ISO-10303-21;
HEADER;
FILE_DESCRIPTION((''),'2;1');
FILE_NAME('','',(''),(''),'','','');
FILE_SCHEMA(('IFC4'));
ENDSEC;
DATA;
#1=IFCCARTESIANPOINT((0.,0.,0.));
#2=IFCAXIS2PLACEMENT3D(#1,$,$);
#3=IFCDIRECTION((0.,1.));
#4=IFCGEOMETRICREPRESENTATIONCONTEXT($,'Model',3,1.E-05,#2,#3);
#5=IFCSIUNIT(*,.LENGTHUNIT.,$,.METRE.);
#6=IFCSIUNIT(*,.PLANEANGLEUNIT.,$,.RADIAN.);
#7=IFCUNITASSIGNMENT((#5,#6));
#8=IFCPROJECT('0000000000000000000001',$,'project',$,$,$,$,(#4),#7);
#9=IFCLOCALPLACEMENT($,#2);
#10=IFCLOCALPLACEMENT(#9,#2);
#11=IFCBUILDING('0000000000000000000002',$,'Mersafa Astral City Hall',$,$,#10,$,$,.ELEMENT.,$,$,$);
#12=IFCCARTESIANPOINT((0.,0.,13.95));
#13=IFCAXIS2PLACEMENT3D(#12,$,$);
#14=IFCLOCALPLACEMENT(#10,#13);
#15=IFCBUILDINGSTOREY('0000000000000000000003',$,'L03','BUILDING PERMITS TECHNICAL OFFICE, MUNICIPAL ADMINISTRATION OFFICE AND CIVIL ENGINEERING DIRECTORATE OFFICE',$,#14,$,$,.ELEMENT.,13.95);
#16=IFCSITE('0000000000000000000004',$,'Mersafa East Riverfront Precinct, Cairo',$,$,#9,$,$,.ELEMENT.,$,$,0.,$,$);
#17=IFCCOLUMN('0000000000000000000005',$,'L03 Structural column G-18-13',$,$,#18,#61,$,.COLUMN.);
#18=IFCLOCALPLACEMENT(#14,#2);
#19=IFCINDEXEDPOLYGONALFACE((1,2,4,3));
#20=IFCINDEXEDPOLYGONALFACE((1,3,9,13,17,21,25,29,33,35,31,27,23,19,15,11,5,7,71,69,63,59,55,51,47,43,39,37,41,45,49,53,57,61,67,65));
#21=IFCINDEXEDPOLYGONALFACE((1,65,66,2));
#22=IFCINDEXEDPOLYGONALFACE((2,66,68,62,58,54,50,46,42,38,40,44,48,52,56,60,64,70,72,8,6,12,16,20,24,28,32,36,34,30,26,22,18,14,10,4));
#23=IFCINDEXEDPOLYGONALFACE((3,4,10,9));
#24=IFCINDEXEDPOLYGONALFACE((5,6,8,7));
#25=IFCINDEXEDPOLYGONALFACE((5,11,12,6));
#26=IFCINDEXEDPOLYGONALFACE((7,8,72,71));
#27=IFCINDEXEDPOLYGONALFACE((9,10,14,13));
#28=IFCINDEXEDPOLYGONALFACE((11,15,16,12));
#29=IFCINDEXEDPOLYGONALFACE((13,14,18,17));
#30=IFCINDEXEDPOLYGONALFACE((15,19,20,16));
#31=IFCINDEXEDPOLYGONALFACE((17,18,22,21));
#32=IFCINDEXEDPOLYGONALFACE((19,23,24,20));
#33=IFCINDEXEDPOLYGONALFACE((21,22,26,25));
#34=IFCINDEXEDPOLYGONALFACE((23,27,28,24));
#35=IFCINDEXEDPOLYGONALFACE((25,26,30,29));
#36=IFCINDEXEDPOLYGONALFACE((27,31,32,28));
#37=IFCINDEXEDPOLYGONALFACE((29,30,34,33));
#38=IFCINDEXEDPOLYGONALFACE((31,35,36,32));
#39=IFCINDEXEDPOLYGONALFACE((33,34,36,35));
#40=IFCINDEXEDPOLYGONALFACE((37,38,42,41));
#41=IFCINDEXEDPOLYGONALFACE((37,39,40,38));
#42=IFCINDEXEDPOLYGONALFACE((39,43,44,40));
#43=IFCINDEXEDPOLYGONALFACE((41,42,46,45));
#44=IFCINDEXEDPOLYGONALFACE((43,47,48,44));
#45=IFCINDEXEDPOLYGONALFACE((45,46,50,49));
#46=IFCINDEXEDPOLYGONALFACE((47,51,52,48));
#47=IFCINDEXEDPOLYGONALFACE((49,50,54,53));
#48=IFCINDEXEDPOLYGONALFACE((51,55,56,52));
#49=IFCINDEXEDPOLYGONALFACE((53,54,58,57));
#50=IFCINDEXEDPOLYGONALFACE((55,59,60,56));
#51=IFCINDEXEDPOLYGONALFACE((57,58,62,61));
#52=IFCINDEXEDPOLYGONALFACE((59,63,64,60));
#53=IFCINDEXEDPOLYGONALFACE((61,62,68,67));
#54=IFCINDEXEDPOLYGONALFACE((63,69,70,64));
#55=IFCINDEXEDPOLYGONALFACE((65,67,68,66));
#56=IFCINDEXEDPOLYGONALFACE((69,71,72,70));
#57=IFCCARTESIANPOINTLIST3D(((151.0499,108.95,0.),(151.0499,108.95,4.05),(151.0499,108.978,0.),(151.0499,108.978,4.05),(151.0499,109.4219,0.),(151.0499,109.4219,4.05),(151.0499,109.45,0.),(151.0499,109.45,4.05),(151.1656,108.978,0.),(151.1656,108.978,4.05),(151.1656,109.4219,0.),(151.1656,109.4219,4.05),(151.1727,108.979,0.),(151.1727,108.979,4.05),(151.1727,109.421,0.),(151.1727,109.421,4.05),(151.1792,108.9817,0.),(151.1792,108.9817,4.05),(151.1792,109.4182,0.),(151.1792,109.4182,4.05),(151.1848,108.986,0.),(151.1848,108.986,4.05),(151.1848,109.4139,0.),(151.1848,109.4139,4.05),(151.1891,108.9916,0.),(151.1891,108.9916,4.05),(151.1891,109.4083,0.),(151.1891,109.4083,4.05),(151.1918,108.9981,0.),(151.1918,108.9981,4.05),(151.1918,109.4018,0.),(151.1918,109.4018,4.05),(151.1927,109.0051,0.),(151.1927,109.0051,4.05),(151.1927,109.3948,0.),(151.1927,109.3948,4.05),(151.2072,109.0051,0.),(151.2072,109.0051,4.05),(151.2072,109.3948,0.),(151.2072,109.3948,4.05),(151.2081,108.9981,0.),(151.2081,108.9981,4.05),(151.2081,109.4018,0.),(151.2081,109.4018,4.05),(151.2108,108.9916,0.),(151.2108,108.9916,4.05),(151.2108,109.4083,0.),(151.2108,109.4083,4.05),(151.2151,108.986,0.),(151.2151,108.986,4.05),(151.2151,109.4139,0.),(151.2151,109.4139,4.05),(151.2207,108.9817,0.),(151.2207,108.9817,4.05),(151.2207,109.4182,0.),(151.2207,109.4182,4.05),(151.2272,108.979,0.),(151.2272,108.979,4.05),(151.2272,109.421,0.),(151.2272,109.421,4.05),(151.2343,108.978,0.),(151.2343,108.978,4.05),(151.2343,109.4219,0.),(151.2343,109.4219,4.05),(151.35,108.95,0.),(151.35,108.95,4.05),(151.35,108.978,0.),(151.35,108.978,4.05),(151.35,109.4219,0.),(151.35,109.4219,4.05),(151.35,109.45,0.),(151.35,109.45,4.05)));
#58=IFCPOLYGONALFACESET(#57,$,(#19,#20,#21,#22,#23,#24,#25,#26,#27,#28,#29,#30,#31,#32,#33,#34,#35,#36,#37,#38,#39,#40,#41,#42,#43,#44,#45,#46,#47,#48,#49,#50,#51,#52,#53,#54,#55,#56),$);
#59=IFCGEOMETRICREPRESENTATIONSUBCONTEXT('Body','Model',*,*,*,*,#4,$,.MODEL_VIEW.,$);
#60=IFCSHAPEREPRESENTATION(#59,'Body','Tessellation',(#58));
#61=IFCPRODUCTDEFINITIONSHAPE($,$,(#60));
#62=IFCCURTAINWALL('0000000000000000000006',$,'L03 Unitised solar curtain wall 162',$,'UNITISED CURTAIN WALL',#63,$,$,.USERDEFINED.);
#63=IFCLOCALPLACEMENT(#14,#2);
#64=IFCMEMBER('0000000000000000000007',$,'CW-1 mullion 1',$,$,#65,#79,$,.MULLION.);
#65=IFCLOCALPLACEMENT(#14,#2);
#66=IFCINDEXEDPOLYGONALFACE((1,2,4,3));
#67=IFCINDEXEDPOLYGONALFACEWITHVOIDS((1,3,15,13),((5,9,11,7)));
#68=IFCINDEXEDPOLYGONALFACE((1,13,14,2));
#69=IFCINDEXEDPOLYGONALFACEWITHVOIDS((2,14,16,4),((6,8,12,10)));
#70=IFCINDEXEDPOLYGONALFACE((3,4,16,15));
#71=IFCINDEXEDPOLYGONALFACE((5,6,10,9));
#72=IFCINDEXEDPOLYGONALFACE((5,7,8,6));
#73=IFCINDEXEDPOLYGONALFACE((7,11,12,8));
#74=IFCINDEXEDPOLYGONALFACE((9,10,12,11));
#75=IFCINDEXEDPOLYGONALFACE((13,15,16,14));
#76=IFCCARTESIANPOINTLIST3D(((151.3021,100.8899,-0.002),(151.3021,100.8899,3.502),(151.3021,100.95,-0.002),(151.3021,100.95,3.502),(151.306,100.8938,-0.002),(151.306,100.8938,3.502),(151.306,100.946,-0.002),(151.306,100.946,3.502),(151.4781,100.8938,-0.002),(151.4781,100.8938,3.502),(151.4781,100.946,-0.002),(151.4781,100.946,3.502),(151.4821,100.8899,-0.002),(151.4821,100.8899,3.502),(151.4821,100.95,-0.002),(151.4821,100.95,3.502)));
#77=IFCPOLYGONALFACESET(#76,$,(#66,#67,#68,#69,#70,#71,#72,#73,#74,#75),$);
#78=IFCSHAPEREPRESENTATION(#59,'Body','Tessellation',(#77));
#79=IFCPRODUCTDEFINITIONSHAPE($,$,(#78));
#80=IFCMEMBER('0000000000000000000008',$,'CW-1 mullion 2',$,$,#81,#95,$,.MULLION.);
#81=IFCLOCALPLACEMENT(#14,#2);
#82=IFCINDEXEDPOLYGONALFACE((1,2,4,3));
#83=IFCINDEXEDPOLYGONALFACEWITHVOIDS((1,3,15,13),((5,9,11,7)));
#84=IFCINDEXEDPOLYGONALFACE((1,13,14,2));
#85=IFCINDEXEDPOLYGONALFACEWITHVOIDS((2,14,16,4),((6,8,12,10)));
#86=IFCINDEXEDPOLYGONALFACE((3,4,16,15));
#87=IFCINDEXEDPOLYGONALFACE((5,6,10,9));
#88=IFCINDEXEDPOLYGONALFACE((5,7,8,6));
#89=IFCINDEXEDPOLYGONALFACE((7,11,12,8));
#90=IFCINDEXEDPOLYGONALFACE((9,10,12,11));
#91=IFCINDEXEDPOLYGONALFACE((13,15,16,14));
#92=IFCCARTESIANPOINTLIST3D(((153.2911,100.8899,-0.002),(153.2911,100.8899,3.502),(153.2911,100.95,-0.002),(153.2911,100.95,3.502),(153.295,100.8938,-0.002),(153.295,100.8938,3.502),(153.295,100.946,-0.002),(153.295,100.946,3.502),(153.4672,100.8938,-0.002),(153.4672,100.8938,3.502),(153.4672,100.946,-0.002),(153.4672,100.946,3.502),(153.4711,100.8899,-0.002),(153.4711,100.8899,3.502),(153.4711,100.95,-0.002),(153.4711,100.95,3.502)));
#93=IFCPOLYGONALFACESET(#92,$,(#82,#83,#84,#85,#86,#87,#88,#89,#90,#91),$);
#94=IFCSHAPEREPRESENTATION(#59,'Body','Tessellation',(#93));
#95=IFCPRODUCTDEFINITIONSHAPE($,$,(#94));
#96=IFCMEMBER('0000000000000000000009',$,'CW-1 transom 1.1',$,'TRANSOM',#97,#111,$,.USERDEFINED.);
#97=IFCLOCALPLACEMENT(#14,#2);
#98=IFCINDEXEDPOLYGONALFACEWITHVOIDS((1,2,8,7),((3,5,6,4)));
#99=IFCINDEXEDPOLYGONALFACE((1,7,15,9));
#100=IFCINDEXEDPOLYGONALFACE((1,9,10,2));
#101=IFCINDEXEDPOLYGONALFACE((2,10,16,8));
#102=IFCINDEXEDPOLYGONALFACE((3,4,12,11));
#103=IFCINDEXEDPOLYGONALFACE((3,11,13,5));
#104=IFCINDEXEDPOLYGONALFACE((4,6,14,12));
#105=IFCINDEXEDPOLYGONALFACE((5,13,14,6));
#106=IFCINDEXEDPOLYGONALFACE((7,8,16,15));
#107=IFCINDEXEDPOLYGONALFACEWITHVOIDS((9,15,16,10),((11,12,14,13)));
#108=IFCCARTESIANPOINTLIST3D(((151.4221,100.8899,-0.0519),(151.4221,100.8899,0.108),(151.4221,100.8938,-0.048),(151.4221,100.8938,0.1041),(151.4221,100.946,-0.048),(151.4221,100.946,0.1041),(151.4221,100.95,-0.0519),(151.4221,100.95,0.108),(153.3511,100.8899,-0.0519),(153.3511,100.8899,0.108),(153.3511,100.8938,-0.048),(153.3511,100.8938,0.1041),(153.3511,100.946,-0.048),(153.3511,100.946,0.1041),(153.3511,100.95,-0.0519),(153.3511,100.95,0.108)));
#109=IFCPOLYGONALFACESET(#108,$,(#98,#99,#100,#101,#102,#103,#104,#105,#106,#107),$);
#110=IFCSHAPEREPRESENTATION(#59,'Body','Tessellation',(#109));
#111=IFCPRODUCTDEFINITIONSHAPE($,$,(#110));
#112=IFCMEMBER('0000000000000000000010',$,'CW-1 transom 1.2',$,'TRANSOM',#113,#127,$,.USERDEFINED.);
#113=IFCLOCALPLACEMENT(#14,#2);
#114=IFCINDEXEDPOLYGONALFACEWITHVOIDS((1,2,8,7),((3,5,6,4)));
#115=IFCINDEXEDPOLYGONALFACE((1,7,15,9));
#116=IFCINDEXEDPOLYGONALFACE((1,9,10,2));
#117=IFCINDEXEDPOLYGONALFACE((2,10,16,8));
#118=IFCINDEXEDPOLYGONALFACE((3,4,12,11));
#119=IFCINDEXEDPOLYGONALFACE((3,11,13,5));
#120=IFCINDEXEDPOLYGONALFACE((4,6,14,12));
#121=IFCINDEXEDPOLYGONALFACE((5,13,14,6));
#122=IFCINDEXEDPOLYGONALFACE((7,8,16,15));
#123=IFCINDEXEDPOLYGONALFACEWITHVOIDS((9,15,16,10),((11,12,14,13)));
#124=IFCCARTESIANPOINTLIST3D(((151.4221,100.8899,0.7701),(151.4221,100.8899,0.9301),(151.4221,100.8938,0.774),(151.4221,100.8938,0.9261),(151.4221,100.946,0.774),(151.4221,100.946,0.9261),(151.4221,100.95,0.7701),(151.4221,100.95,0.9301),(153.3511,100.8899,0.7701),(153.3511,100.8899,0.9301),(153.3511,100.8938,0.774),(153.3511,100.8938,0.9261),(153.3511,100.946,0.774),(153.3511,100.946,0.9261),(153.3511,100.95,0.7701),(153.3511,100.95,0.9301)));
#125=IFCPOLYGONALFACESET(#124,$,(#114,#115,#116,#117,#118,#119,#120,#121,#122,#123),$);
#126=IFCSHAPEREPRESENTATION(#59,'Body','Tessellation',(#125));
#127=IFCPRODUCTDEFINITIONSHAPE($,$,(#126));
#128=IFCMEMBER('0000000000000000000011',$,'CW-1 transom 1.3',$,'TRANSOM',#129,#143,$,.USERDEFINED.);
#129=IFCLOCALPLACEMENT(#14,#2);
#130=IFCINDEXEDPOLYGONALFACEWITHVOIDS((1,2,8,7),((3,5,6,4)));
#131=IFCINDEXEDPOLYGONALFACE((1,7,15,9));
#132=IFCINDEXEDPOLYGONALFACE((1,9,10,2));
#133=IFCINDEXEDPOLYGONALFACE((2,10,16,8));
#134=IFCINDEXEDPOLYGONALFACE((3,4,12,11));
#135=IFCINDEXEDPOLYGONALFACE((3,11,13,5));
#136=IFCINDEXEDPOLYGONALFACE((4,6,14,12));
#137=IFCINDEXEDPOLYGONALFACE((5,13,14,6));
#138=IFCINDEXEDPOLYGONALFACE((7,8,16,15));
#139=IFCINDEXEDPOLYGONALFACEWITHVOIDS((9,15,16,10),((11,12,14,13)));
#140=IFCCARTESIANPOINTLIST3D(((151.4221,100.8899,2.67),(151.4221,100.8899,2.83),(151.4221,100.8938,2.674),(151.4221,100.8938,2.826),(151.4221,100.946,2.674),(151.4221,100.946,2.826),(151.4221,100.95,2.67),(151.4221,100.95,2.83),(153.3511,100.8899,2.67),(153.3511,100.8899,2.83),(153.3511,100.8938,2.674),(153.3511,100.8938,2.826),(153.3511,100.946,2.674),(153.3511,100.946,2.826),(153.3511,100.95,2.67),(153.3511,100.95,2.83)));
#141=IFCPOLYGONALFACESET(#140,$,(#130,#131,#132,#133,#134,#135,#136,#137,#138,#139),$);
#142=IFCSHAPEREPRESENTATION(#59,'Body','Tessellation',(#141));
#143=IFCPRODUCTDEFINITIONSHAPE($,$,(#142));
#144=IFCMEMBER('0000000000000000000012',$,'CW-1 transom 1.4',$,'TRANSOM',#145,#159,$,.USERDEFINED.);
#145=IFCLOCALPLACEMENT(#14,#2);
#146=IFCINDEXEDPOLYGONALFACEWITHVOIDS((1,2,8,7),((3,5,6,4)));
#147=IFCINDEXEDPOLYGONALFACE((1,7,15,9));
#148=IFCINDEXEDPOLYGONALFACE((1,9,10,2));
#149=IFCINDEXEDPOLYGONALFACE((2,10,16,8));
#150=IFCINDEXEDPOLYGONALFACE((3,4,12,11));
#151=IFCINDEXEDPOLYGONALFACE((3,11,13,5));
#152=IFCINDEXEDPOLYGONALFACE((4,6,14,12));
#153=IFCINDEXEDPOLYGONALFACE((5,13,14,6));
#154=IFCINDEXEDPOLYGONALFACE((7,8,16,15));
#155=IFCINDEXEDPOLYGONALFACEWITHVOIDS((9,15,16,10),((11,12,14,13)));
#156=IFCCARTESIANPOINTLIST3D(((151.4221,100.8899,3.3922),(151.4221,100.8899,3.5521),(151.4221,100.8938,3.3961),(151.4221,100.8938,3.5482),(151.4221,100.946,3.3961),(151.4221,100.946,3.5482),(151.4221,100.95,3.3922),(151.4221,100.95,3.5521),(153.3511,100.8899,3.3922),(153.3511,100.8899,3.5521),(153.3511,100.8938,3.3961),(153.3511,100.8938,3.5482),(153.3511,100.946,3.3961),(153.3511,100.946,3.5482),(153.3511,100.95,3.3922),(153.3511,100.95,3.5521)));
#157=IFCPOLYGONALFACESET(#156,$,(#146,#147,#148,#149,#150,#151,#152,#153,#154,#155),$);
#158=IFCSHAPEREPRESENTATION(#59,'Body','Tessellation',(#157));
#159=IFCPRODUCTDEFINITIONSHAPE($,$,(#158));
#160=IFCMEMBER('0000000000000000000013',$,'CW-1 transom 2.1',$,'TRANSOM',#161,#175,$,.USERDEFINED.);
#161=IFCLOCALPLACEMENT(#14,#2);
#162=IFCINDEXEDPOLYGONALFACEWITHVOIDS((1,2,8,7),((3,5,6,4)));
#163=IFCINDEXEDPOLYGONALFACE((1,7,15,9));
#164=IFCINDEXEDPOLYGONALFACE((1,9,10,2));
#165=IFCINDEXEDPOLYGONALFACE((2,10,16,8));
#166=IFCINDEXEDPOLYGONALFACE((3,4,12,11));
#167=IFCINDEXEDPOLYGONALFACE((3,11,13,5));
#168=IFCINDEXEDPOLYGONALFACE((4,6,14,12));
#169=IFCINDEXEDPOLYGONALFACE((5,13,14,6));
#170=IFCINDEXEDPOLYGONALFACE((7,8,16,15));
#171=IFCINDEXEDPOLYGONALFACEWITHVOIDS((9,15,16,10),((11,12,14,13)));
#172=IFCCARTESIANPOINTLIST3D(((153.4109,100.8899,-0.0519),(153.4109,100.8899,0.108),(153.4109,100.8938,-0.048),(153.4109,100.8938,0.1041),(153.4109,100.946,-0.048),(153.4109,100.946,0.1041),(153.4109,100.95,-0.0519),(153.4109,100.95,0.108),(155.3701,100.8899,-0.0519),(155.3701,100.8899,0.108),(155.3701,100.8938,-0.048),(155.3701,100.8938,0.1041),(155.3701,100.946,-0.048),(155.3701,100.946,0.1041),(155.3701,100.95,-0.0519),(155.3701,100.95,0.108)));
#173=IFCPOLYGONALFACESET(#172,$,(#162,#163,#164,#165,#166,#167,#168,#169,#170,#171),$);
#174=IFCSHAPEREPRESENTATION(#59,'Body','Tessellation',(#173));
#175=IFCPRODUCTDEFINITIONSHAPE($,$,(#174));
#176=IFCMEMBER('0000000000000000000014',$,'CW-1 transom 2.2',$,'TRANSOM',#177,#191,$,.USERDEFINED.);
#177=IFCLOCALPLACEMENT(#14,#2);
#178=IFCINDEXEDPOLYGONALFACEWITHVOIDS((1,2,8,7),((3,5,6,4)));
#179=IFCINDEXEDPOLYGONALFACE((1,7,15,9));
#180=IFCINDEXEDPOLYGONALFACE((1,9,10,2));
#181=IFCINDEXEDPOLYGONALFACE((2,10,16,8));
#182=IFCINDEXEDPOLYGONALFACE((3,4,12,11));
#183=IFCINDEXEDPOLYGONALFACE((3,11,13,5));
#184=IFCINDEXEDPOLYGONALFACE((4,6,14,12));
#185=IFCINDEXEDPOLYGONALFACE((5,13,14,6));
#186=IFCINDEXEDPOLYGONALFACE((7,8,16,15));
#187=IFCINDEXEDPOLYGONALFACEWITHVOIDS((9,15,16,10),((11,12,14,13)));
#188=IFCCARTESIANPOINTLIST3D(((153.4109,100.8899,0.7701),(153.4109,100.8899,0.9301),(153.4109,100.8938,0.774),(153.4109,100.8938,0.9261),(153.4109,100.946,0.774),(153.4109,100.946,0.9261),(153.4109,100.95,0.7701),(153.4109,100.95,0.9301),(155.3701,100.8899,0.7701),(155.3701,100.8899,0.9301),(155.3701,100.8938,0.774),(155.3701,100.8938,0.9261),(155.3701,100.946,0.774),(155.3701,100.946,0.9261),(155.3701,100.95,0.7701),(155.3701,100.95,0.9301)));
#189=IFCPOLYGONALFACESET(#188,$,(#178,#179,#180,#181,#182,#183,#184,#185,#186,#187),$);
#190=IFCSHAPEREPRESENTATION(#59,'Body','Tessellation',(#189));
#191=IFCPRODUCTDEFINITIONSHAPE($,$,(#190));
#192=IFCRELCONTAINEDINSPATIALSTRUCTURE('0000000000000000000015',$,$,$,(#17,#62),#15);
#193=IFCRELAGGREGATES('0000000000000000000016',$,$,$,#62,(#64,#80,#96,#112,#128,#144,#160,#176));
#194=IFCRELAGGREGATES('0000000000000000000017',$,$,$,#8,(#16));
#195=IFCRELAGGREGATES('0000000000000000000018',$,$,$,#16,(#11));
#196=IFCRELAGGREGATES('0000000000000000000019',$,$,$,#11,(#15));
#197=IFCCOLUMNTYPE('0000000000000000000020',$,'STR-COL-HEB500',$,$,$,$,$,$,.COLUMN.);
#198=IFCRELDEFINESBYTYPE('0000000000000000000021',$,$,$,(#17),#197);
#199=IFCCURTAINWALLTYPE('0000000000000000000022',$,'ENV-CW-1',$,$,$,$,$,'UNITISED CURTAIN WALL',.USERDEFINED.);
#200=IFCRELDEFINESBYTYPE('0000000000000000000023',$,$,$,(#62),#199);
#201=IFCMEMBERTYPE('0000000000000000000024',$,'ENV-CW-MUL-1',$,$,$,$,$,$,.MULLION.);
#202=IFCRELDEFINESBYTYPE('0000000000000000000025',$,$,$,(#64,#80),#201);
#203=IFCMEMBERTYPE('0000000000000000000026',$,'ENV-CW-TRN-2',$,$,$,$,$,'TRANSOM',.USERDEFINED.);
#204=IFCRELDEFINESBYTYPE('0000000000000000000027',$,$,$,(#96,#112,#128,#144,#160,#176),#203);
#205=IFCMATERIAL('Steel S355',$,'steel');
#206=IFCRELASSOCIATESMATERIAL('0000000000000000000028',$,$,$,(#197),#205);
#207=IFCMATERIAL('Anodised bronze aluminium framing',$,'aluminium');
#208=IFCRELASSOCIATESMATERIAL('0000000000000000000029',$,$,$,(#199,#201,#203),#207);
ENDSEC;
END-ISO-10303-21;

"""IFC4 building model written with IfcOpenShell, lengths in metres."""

from ifc_helpers import new_model, si_unit, direction, frame, origin, origin_2d, place, context, subcontext, project, spatial, hollow_rectangle, i_section, extrude, material, material_profile, profile_set, type_object, element, aggregate, save


model = new_model("IFC4")

# Units and contexts
model_context = context("Model", 3, precision=1e-05, world=origin(), true_north=direction((0.0, 1.0)))
body_context = subcontext(model_context, "Body", "Model", "MODEL_VIEW")
ifc_project = project(units=[si_unit("LENGTHUNIT", "METRE"), si_unit("PLANEANGLEUNIT", "RADIAN")], contexts=[model_context])

# Site, building, storey
site_placement = place(None, origin())
site = spatial("IfcSite", under=ifc_project, at=site_placement, Name="Mersafa East Riverfront Precinct, Cairo", CompositionType="ELEMENT", RefElevation=0.0)
building_placement = place(site_placement, origin())
building = spatial("IfcBuilding", under=site, at=building_placement, Name="Mersafa Astral City Hall", CompositionType="ELEMENT")
storey_placement = place(building_placement, frame((0.0, 0.0, 13.95)))
storey = spatial("IfcBuildingStorey", under=building, at=storey_placement, Name="L03", Description="BUILDING PERMITS TECHNICAL OFFICE, MUNICIPAL ADMINISTRATION OFFICE AND CIVIL ENGINEERING DIRECTORATE OFFICE", CompositionType="ELEMENT", Elevation=13.95)

# Column
ifc_material_1 = material(Name="Steel S355", Category="steel")
ifc_material_profile_1 = material_profile(ifc_material_1, i_section(OverallWidth=0.3, OverallDepth=0.5, WebThickness=0.0144, FlangeThickness=0.0281, FilletRadius=0.0271, at=origin_2d()), Name="HEB 500")
ifc_profile_set_1 = profile_set([ifc_material_profile_1], Name="Steel S355")
column_type = type_object("IfcColumnType", Name="STR-COL-HEB500", PredefinedType="COLUMN", material=ifc_profile_set_1)
column_placement = place(storey_placement, frame((151.2, 109.2, 0.0), z_axis=(0.0, 0.0, 1.0), x_axis=(1.0, 0.0, 0.0)))
element("IfcColumn", 1, at=column_placement, inside=storey, type_object=column_type, Name="L03 Structural column G-18-13", PredefinedType="COLUMN", context=body_context, shape_type="SweptSolid", body=[
    extrude(i_section(OverallWidth=0.3, OverallDepth=0.5, WebThickness=0.0144, FlangeThickness=0.0281, FilletRadius=0.0271, at=origin_2d()), origin(), (0.0, 0.0, 1.0), 4.05),
])

# Curtain wall, members
ifc_material_2 = material(Name="Anodised bronze aluminium framing", Category="aluminium")
curtain_wall_type = type_object("IfcCurtainWallType", Name="ENV-CW-1", ElementType="UNITISED CURTAIN WALL", PredefinedType="USERDEFINED", material=ifc_material_2)
curtain_wall_placement = place(storey_placement, origin())
curtain_wall = element("IfcCurtainWall", 2, at=curtain_wall_placement, inside=storey, type_object=curtain_wall_type, Name="L03 Unitised solar curtain wall 162", ObjectType="UNITISED CURTAIN WALL", PredefinedType="USERDEFINED")
ifc_material_profile_2 = material_profile(ifc_material_2, hollow_rectangle(XDim=0.0601, YDim=0.1799, WallThickness=0.0039, at=origin_2d()), Name="RHS 60x180x4")
ifc_profile_set_2 = profile_set([ifc_material_profile_2], Name="Anodised bronze aluminium framing")
member_type_1 = type_object("IfcMemberType", Name="ENV-CW-MUL-1", PredefinedType="MULLION", material=ifc_profile_set_2)
member_1_placement = place(storey_placement, frame((151.3921, 100.9199, -0.002), z_axis=(0.0, 0.0, 1.0), x_axis=(0.0, 1.0, 0.0)))
member_1 = element("IfcMember", 3, at=member_1_placement, type_object=member_type_1, Name="CW-1 mullion 1", PredefinedType="MULLION", context=body_context, shape_type="SweptSolid", body=[
    extrude(hollow_rectangle(XDim=0.0601, YDim=0.1799, WallThickness=0.0039, at=origin_2d()), origin(), (0.0, 0.0, 1.0), 3.5039),
])
member_2_placement = place(storey_placement, frame((153.3811, 100.9199, -0.002), z_axis=(0.0, 0.0, 1.0), x_axis=(0.0, 1.0, 0.0)))
member_2 = element("IfcMember", 4, at=member_2_placement, type_object=member_type_1, Name="CW-1 mullion 2", PredefinedType="MULLION", context=body_context, shape_type="SweptSolid", body=[
    extrude(hollow_rectangle(XDim=0.0601, YDim=0.1799, WallThickness=0.0039, at=origin_2d()), origin(), (0.0, 0.0, 1.0), 3.5039),
])
ifc_material_profile_3 = material_profile(ifc_material_2, hollow_rectangle(XDim=0.0601, YDim=0.1599, WallThickness=0.0039, at=origin_2d()), Name="RHS 60x160x4")
ifc_profile_set_3 = profile_set([ifc_material_profile_3], Name="Anodised bronze aluminium framing")
member_type_2 = type_object("IfcMemberType", Name="ENV-CW-TRN-2", ElementType="TRANSOM", PredefinedType="USERDEFINED", material=ifc_profile_set_3)
member_3_placement = place(storey_placement, frame((151.4221, 100.9199, 0.0281), z_axis=(1.0, 0.0, 0.0), x_axis=(0.0, 1.0, 0.0)))
member_3 = element("IfcMember", 5, at=member_3_placement, type_object=member_type_2, Name="CW-1 transom 1.1", ObjectType="TRANSOM", PredefinedType="USERDEFINED", context=body_context, shape_type="SweptSolid", body=[
    extrude(hollow_rectangle(XDim=0.0601, YDim=0.1599, WallThickness=0.0039, at=origin_2d()), origin(), (0.0, 0.0, 1.0), 1.929),
])
member_4_placement = place(storey_placement, frame((151.4221, 100.9199, 0.8501), z_axis=(1.0, 0.0, 0.0), x_axis=(0.0, 1.0, 0.0)))
member_4 = element("IfcMember", 6, at=member_4_placement, type_object=member_type_2, Name="CW-1 transom 1.2", ObjectType="TRANSOM", PredefinedType="USERDEFINED", context=body_context, shape_type="SweptSolid", body=[
    extrude(hollow_rectangle(XDim=0.0601, YDim=0.1599, WallThickness=0.0039, at=origin_2d()), origin(), (0.0, 0.0, 1.0), 1.929),
])
member_5_placement = place(storey_placement, frame((151.4221, 100.9199, 2.75), z_axis=(1.0, 0.0, 0.0), x_axis=(0.0, 1.0, 0.0)))
member_5 = element("IfcMember", 7, at=member_5_placement, type_object=member_type_2, Name="CW-1 transom 1.3", ObjectType="TRANSOM", PredefinedType="USERDEFINED", context=body_context, shape_type="SweptSolid", body=[
    extrude(hollow_rectangle(XDim=0.0601, YDim=0.1599, WallThickness=0.0039, at=origin_2d()), origin(), (0.0, 0.0, 1.0), 1.929),
])
member_6_placement = place(storey_placement, frame((151.4221, 100.9199, 3.4722), z_axis=(1.0, 0.0, 0.0), x_axis=(0.0, 1.0, 0.0)))
member_6 = element("IfcMember", 8, at=member_6_placement, type_object=member_type_2, Name="CW-1 transom 1.4", ObjectType="TRANSOM", PredefinedType="USERDEFINED", context=body_context, shape_type="SweptSolid", body=[
    extrude(hollow_rectangle(XDim=0.0601, YDim=0.1599, WallThickness=0.0039, at=origin_2d()), origin(), (0.0, 0.0, 1.0), 1.929),
])
member_7_placement = place(storey_placement, frame((153.4109, 100.9199, 0.0281), z_axis=(1.0, 0.0, 0.0), x_axis=(0.0, 1.0, 0.0)))
member_7 = element("IfcMember", 9, at=member_7_placement, type_object=member_type_2, Name="CW-1 transom 2.1", ObjectType="TRANSOM", PredefinedType="USERDEFINED", context=body_context, shape_type="SweptSolid", body=[
    extrude(hollow_rectangle(XDim=0.0601, YDim=0.1599, WallThickness=0.0039, at=origin_2d()), origin(), (0.0, 0.0, 1.0), 1.9592),
])
member_8_placement = place(storey_placement, frame((153.4109, 100.9199, 0.8501), z_axis=(1.0, 0.0, 0.0), x_axis=(0.0, 1.0, 0.0)))
member_8 = element("IfcMember", 10, at=member_8_placement, type_object=member_type_2, Name="CW-1 transom 2.2", ObjectType="TRANSOM", PredefinedType="USERDEFINED", context=body_context, shape_type="SweptSolid", body=[
    extrude(hollow_rectangle(XDim=0.0601, YDim=0.1599, WallThickness=0.0039, at=origin_2d()), origin(), (0.0, 0.0, 1.0), 1.9592),
])

aggregate(curtain_wall, [member_1, member_2, member_3, member_4, member_5, member_6, member_7, member_8])

save(model, "model.ifc")
